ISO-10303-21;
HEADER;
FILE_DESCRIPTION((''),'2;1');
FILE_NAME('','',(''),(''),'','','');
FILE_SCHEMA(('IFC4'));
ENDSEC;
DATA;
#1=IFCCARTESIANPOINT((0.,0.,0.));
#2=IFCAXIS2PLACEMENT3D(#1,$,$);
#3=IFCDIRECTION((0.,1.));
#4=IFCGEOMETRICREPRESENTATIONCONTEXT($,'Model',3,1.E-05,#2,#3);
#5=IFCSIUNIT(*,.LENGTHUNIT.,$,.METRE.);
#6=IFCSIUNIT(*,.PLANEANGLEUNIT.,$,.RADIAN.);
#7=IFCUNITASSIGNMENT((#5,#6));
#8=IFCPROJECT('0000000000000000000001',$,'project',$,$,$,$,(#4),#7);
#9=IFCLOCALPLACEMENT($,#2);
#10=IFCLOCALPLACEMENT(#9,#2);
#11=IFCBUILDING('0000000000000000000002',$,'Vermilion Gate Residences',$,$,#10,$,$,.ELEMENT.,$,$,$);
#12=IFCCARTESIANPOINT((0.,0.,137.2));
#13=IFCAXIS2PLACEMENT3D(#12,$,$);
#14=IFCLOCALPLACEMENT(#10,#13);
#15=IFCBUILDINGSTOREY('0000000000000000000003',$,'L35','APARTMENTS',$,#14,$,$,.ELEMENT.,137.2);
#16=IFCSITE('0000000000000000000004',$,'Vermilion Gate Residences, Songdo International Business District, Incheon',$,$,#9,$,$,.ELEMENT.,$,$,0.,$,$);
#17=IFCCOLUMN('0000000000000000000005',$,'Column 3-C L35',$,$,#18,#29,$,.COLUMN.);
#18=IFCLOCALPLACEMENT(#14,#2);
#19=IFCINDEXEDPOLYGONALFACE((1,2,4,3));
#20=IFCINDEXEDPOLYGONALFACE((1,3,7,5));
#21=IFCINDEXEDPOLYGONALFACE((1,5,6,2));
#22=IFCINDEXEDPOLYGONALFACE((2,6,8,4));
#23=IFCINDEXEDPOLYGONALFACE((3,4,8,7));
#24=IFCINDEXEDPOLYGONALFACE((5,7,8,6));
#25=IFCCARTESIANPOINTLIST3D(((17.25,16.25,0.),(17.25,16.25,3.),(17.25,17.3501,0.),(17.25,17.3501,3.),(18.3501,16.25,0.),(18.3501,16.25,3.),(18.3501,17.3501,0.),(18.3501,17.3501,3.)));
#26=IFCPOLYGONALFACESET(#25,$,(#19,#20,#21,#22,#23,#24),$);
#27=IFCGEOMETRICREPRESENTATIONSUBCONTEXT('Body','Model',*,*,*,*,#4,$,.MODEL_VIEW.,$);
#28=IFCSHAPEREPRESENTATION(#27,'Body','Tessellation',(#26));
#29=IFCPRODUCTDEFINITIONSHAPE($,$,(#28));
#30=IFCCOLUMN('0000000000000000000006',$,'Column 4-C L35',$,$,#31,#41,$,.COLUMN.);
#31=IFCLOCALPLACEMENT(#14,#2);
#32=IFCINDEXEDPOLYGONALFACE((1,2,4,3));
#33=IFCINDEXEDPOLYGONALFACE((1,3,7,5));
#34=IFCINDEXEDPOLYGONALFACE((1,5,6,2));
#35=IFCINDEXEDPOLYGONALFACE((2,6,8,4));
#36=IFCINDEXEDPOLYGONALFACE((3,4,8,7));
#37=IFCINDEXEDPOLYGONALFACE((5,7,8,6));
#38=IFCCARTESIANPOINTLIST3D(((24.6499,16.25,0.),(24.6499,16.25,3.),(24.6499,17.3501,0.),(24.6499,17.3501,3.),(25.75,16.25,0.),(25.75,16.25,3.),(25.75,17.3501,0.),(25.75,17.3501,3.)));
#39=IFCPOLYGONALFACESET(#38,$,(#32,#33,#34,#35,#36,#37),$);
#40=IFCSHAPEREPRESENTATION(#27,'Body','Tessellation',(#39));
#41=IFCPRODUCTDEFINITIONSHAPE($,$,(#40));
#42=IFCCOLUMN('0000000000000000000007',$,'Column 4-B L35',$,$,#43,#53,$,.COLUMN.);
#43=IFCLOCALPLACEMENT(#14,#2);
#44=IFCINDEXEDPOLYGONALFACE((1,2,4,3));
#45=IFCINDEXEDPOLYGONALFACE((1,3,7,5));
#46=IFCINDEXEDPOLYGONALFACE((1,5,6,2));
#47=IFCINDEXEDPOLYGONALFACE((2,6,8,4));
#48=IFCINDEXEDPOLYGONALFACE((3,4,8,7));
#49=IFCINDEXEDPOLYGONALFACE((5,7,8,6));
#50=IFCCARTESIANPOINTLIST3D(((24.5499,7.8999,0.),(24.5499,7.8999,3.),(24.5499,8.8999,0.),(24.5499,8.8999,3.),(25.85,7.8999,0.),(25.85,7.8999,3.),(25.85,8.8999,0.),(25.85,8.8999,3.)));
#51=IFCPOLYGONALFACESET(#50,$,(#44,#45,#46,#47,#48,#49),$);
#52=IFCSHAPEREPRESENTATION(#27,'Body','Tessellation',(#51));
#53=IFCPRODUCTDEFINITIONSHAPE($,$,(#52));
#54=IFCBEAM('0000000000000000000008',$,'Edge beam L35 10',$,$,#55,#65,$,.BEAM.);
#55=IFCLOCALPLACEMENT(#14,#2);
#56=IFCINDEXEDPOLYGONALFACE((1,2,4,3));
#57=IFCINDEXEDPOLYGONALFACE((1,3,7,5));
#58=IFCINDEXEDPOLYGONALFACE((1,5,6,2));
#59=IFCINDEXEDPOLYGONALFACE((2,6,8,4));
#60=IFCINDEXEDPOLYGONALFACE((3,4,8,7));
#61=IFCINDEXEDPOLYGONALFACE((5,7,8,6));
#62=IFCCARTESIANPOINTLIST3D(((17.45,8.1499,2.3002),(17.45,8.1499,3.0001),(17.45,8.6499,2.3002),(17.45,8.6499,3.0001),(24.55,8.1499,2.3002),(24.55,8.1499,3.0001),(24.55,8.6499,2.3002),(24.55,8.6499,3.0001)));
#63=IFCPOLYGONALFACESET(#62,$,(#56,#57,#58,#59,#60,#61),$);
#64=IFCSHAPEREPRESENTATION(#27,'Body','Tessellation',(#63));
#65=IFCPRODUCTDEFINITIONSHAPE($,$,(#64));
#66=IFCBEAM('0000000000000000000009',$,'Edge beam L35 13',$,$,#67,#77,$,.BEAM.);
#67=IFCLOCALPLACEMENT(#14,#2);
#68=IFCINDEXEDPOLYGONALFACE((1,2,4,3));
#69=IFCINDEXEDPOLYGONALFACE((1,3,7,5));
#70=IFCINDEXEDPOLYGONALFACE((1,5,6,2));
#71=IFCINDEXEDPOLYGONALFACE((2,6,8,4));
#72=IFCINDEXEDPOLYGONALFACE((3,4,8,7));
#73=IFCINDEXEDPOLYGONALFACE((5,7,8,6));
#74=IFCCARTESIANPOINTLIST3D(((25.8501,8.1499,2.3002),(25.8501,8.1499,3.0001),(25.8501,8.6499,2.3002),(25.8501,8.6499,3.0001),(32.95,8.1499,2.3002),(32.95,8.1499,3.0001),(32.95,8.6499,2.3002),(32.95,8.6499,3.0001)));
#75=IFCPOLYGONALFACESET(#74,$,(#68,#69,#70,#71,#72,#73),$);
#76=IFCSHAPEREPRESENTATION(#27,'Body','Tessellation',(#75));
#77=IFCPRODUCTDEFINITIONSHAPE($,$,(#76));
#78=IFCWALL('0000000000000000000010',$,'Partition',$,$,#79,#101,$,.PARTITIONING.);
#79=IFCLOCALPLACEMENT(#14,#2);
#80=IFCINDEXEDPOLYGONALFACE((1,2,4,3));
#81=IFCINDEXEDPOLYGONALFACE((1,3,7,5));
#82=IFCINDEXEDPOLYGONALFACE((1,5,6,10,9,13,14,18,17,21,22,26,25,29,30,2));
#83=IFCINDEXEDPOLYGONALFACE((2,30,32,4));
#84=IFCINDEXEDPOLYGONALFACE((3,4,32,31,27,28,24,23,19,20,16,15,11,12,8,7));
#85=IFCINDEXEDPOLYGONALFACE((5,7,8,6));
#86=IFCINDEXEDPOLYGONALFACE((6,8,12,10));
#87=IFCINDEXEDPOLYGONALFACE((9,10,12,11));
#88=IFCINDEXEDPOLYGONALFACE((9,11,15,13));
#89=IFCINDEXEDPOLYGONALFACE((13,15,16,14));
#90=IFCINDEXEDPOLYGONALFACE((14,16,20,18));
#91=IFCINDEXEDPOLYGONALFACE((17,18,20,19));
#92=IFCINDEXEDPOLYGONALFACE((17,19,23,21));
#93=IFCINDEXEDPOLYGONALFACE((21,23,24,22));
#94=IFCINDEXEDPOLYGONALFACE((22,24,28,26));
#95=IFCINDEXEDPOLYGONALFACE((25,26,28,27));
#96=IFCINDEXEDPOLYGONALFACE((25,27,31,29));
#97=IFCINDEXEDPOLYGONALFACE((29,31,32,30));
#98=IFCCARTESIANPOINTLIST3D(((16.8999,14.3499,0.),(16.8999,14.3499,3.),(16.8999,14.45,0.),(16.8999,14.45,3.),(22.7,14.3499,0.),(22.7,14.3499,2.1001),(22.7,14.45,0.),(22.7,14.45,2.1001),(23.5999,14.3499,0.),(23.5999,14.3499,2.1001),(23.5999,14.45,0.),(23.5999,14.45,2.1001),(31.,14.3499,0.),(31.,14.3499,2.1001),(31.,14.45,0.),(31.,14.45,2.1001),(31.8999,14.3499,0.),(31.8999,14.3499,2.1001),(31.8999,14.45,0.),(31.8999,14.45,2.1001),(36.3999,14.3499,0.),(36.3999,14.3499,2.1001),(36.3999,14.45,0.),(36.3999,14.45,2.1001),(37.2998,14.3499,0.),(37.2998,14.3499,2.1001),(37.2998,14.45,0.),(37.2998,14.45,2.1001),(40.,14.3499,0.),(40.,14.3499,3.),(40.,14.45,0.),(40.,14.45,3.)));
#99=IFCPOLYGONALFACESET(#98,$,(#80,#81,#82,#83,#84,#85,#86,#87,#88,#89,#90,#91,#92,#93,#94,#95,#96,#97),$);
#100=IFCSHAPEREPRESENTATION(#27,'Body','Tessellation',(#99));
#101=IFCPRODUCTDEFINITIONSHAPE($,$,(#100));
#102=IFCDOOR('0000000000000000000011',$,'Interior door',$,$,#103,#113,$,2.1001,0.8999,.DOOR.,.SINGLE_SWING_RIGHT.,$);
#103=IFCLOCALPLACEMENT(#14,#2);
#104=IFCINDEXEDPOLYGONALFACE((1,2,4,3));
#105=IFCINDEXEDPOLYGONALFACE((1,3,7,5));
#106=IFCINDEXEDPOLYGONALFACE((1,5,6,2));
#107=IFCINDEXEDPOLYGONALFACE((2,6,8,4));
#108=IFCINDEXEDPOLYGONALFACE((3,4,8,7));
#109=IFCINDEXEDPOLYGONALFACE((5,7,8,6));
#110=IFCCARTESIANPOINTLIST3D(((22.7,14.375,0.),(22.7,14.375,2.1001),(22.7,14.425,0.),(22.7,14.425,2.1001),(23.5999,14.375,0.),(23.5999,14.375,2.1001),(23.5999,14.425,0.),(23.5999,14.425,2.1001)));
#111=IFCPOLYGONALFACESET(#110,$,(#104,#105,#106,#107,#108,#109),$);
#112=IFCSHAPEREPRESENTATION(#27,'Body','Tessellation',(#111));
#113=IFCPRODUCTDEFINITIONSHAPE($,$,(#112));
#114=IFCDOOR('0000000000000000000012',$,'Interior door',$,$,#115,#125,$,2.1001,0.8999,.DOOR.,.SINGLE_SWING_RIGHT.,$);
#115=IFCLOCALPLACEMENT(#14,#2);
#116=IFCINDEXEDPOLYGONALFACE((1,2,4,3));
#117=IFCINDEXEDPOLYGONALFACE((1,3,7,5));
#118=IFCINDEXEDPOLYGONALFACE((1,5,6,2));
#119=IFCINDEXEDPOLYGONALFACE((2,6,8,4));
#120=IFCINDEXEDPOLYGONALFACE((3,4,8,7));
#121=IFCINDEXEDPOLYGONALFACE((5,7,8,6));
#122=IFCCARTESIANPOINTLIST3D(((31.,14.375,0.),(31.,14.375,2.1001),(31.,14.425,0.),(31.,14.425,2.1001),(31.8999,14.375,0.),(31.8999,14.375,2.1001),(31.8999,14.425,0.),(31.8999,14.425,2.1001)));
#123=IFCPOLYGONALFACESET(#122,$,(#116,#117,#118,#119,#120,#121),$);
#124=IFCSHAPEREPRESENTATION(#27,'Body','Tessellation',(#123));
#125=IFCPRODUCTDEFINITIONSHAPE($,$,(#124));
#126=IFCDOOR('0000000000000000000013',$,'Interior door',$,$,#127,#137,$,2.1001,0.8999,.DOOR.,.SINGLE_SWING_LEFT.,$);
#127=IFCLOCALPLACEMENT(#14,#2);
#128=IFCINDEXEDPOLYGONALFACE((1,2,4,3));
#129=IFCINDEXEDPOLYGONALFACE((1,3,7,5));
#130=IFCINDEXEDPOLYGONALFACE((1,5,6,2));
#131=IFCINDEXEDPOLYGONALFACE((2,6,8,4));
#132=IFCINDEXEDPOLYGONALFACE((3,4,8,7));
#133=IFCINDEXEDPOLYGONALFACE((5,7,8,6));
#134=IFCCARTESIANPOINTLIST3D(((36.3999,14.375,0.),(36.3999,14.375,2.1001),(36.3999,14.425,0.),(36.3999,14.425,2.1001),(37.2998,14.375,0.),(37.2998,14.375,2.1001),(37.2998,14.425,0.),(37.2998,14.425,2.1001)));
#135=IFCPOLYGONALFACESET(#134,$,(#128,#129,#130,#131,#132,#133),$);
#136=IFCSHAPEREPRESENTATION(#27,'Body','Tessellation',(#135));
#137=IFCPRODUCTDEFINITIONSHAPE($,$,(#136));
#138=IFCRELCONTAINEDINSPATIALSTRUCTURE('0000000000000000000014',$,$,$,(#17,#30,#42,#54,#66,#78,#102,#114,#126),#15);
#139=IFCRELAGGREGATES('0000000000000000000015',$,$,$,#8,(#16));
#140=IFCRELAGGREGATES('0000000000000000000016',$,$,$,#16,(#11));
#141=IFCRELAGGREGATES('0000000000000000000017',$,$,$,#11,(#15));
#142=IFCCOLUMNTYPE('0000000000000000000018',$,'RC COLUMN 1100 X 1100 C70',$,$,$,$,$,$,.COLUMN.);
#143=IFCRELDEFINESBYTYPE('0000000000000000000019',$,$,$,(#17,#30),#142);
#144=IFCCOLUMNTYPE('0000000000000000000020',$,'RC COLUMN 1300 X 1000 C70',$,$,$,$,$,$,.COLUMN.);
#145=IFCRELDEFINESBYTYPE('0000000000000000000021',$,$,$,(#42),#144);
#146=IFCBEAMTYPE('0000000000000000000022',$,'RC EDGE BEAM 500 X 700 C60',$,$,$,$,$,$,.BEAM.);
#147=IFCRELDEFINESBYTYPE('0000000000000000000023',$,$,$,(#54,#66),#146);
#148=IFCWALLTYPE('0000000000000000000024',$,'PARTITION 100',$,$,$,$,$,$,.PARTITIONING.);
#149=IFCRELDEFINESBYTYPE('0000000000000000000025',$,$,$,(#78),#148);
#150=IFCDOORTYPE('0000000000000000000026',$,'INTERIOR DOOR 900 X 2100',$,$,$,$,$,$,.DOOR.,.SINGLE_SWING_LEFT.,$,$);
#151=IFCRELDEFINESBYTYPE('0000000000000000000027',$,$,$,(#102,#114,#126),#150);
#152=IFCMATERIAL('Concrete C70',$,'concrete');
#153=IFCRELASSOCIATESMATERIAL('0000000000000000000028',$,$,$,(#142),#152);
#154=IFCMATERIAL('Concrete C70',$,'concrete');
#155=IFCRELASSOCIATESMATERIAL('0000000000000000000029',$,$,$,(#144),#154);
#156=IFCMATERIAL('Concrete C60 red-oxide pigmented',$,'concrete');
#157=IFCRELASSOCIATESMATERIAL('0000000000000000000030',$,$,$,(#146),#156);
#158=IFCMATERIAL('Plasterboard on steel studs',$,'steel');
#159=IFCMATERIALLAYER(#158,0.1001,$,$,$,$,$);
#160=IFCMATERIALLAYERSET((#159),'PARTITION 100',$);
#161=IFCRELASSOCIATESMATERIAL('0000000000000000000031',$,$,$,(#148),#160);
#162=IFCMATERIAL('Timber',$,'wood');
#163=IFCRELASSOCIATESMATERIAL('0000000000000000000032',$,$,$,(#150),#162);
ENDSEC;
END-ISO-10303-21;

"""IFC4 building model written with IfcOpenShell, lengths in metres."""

from ifc_helpers import new_model, si_unit, direction, frame, frame_2d, origin, origin_2d, place, context, subcontext, project, spatial, rectangle, extrude, material, layer, layer_set, material_profile, profile_set, type_object, element, fill, save


model = new_model("IFC4")

# Units and contexts
model_context = context("Model", 3, precision=1e-05, world=origin(), true_north=direction((0.0, 1.0)))
body_context = subcontext(model_context, "Body", "Model", "MODEL_VIEW")
ifc_project = project(units=[si_unit("LENGTHUNIT", "METRE"), si_unit("PLANEANGLEUNIT", "RADIAN")], contexts=[model_context])

# Site, building, storey
site_placement = place(None, origin())
site = spatial("IfcSite", under=ifc_project, at=site_placement, Name="Vermilion Gate Residences, Songdo International Business District, Incheon", CompositionType="ELEMENT", RefElevation=0.0)
building_placement = place(site_placement, origin())
building = spatial("IfcBuilding", under=site, at=building_placement, Name="Vermilion Gate Residences", CompositionType="ELEMENT")
storey_placement = place(building_placement, frame((0.0, 0.0, 137.2)))
storey = spatial("IfcBuildingStorey", under=building, at=storey_placement, Name="L35", Description="APARTMENTS", CompositionType="ELEMENT", Elevation=137.2)

# Columns
ifc_material_1 = material(Name="Concrete C70", Category="concrete")
ifc_material_profile_1 = material_profile(ifc_material_1, rectangle(XDim=1.1001, YDim=1.1001, at=origin_2d()), Name="RC-1100x1100")
ifc_profile_set_1 = profile_set([ifc_material_profile_1], Name="Concrete C70")
column_type_1 = type_object("IfcColumnType", Name="RC COLUMN 1100 X 1100 C70", PredefinedType="COLUMN", material=ifc_profile_set_1)
for number, where, z_axis, x_axis, name in (
    (1, (17.8, 16.8, 0.0), (0.0, 0.0, 1.0), (1.0, 0.0, 0.0), "Column 3-C L35"),
    (2, (25.2, 16.8, 0.0), (0.0, 0.0, 1.0), (1.0, 0.0, 0.0), "Column 4-C L35"),
):
    element("IfcColumn", number, at=place(storey_placement, frame(where, z_axis=z_axis, x_axis=x_axis)), inside=storey, type_object=column_type_1, Name=name, PredefinedType="COLUMN", context=body_context, shape_type="SweptSolid", body=[
        extrude(rectangle(XDim=1.1001, YDim=1.1001, at=origin_2d()), origin(), (0.0, 0.0, 1.0), 3.0),
    ])
ifc_material_2 = material(Name="Concrete C70", Category="concrete")
ifc_material_profile_2 = material_profile(ifc_material_2, rectangle(XDim=1.3, YDim=1.0, at=origin_2d()), Name="RC-1300x1000")
ifc_profile_set_2 = profile_set([ifc_material_profile_2], Name="Concrete C70")
column_type_2 = type_object("IfcColumnType", Name="RC COLUMN 1300 X 1000 C70", PredefinedType="COLUMN", material=ifc_profile_set_2)
column_placement = place(storey_placement, frame((25.2, 8.3999, 0.0), z_axis=(0.0, 0.0, 1.0), x_axis=(1.0, 0.0, 0.0)))
element("IfcColumn", 3, at=column_placement, inside=storey, type_object=column_type_2, Name="Column 4-B L35", PredefinedType="COLUMN", context=body_context, shape_type="SweptSolid", body=[
    extrude(rectangle(XDim=1.3, YDim=1.0, at=origin_2d()), origin(), (0.0, 0.0, 1.0), 3.0),
])

# Beams
ifc_material_3 = material(Name="Concrete C60 red-oxide pigmented", Category="concrete")
ifc_material_profile_3 = material_profile(ifc_material_3, rectangle(XDim=0.5, YDim=0.7, at=origin_2d()), Name="RC-500x700")
ifc_profile_set_3 = profile_set([ifc_material_profile_3], Name="Concrete C60 red-oxide pigmented")
beam_type = type_object("IfcBeamType", Name="RC EDGE BEAM 500 X 700 C60", PredefinedType="BEAM", material=ifc_profile_set_3)
beam_1_placement = place(storey_placement, frame((17.45, 8.3999, 2.6501), z_axis=(1.0, 0.0, 0.0), x_axis=(0.0, 1.0, 0.0)))
element("IfcBeam", 4, at=beam_1_placement, inside=storey, type_object=beam_type, Name="Edge beam L35 10", PredefinedType="BEAM", context=body_context, shape_type="SweptSolid", body=[
    extrude(rectangle(XDim=0.5, YDim=0.7, at=origin_2d()), origin(), (0.0, 0.0, 1.0), 7.1001),
])
beam_2_placement = place(storey_placement, frame((25.8501, 8.3999, 2.6501), z_axis=(1.0, 0.0, 0.0), x_axis=(0.0, 1.0, 0.0)))
element("IfcBeam", 5, at=beam_2_placement, inside=storey, type_object=beam_type, Name="Edge beam L35 13", PredefinedType="BEAM", context=body_context, shape_type="SweptSolid", body=[
    extrude(rectangle(XDim=0.5, YDim=0.7, at=origin_2d()), origin(), (0.0, 0.0, 1.0), 7.0999),
])

# Wall, openings, doors
ifc_material_4 = material(Name="Plasterboard on steel studs", Category="steel")
ifc_layer_1 = layer(ifc_material_4, 0.1001)
ifc_layer_set_1 = layer_set([ifc_layer_1], Name="PARTITION 100")
wall_type_1 = type_object("IfcWallType", Name="PARTITION 100", PredefinedType="PARTITIONING", material=ifc_layer_set_1)
wall_1_placement = place(storey_placement, frame((16.8999, 14.3999, 0.0), z_axis=(0.0, 0.0, 1.0), x_axis=(1.0, 0.0, 0.0)))
wall_1 = element("IfcWall", 6, at=wall_1_placement, inside=storey, type_object=wall_type_1, Name="Partition", PredefinedType="PARTITIONING", context=body_context, shape_type="SweptSolid", body=[
    extrude(rectangle(XDim=23.1001, YDim=0.1001, at=frame_2d((11.55, 0.0))), origin(), (0.0, 0.0, 1.0), 3.0),
])
opening_1_placement = place(wall_1_placement, frame((5.8, 0.0, 0.0)))
opening_1 = element("IfcOpeningElement", 7, at=opening_1_placement, cuts=wall_1, PredefinedType="OPENING", context=body_context, shape_type="SweptSolid", body=[
    extrude(rectangle(XDim=0.8999, YDim=2.1001, at=frame_2d((0.45, 1.05))), frame((0.0, 0.0601, 0.0), z_axis=(0.0, -1.0, 0.0), x_axis=(1.0, 0.0, 0.0)), (0.0, 0.0, 1.0), 0.1201),
])
opening_2_placement = place(wall_1_placement, frame((14.1001, 0.0, 0.0)))
opening_2 = element("IfcOpeningElement", 8, at=opening_2_placement, cuts=wall_1, PredefinedType="OPENING", context=body_context, shape_type="SweptSolid", body=[
    extrude(rectangle(XDim=0.8999, YDim=2.1001, at=frame_2d((0.45, 1.05))), frame((0.0, 0.0601, 0.0), z_axis=(0.0, -1.0, 0.0), x_axis=(1.0, 0.0, 0.0)), (0.0, 0.0, 1.0), 0.1201),
])
opening_3_placement = place(wall_1_placement, frame((19.5, 0.0, 0.0)))
opening_3 = element("IfcOpeningElement", 9, at=opening_3_placement, cuts=wall_1, PredefinedType="OPENING", context=body_context, shape_type="SweptSolid", body=[
    extrude(rectangle(XDim=0.8999, YDim=2.1001, at=frame_2d((0.45, 1.05))), frame((0.0, 0.0601, 0.0), z_axis=(0.0, -1.0, 0.0), x_axis=(1.0, 0.0, 0.0)), (0.0, 0.0, 1.0), 0.1201),
])
ifc_material_5 = material(Name="Timber", Category="wood")
door_type = type_object("IfcDoorType", Name="INTERIOR DOOR 900 X 2100", OperationType="SINGLE_SWING_LEFT", PredefinedType="DOOR", material=ifc_material_5)
door_1_placement = place(opening_1_placement, frame((0.8999, 0.0, 0.0), z_axis=(0.0, 0.0, 1.0), x_axis=(-1.0, 0.0, 0.0)))
door_1 = element("IfcDoor", 10, at=door_1_placement, inside=storey, type_object=door_type, Name="Interior door", OperationType="SINGLE_SWING_RIGHT", OverallHeight=2.1001, OverallWidth=0.8999, PredefinedType="DOOR", context=body_context, shape_type="SweptSolid", body=[
    extrude(rectangle(XDim=0.8999, YDim=2.1001, at=frame_2d((0.45, 1.05))), frame((0.0, 0.0249, 0.0), z_axis=(0.0, -1.0, 0.0), x_axis=(1.0, 0.0, 0.0)), (0.0, 0.0, 1.0), 0.05),
])
fill(opening_1, door_1)
door_2_placement = place(opening_2_placement, frame((0.8999, 0.0, 0.0), z_axis=(0.0, 0.0, 1.0), x_axis=(-1.0, 0.0, 0.0)))
door_2 = element("IfcDoor", 11, at=door_2_placement, inside=storey, type_object=door_type, Name="Interior door", OperationType="SINGLE_SWING_RIGHT", OverallHeight=2.1001, OverallWidth=0.8999, PredefinedType="DOOR", context=body_context, shape_type="SweptSolid", body=[
    extrude(rectangle(XDim=0.8999, YDim=2.1001, at=frame_2d((0.45, 1.05))), frame((0.0, 0.0249, 0.0), z_axis=(0.0, -1.0, 0.0), x_axis=(1.0, 0.0, 0.0)), (0.0, 0.0, 1.0), 0.05),
])
fill(opening_2, door_2)
door_3_placement = place(opening_3_placement, frame((0.8999, 0.0, 0.0), z_axis=(0.0, 0.0, 1.0), x_axis=(-1.0, 0.0, 0.0)))
door_3 = element("IfcDoor", 12, at=door_3_placement, inside=storey, type_object=door_type, Name="Interior door", OperationType="SINGLE_SWING_LEFT", OverallHeight=2.1001, OverallWidth=0.8999, PredefinedType="DOOR", context=body_context, shape_type="SweptSolid", body=[
    extrude(rectangle(XDim=0.8999, YDim=2.1001, at=frame_2d((0.45, 1.05))), frame((0.0, 0.0249, 0.0), z_axis=(0.0, -1.0, 0.0), x_axis=(1.0, 0.0, 0.0)), (0.0, 0.0, 1.0), 0.05),
])
fill(opening_3, door_3)

save(model, "model.ifc")
